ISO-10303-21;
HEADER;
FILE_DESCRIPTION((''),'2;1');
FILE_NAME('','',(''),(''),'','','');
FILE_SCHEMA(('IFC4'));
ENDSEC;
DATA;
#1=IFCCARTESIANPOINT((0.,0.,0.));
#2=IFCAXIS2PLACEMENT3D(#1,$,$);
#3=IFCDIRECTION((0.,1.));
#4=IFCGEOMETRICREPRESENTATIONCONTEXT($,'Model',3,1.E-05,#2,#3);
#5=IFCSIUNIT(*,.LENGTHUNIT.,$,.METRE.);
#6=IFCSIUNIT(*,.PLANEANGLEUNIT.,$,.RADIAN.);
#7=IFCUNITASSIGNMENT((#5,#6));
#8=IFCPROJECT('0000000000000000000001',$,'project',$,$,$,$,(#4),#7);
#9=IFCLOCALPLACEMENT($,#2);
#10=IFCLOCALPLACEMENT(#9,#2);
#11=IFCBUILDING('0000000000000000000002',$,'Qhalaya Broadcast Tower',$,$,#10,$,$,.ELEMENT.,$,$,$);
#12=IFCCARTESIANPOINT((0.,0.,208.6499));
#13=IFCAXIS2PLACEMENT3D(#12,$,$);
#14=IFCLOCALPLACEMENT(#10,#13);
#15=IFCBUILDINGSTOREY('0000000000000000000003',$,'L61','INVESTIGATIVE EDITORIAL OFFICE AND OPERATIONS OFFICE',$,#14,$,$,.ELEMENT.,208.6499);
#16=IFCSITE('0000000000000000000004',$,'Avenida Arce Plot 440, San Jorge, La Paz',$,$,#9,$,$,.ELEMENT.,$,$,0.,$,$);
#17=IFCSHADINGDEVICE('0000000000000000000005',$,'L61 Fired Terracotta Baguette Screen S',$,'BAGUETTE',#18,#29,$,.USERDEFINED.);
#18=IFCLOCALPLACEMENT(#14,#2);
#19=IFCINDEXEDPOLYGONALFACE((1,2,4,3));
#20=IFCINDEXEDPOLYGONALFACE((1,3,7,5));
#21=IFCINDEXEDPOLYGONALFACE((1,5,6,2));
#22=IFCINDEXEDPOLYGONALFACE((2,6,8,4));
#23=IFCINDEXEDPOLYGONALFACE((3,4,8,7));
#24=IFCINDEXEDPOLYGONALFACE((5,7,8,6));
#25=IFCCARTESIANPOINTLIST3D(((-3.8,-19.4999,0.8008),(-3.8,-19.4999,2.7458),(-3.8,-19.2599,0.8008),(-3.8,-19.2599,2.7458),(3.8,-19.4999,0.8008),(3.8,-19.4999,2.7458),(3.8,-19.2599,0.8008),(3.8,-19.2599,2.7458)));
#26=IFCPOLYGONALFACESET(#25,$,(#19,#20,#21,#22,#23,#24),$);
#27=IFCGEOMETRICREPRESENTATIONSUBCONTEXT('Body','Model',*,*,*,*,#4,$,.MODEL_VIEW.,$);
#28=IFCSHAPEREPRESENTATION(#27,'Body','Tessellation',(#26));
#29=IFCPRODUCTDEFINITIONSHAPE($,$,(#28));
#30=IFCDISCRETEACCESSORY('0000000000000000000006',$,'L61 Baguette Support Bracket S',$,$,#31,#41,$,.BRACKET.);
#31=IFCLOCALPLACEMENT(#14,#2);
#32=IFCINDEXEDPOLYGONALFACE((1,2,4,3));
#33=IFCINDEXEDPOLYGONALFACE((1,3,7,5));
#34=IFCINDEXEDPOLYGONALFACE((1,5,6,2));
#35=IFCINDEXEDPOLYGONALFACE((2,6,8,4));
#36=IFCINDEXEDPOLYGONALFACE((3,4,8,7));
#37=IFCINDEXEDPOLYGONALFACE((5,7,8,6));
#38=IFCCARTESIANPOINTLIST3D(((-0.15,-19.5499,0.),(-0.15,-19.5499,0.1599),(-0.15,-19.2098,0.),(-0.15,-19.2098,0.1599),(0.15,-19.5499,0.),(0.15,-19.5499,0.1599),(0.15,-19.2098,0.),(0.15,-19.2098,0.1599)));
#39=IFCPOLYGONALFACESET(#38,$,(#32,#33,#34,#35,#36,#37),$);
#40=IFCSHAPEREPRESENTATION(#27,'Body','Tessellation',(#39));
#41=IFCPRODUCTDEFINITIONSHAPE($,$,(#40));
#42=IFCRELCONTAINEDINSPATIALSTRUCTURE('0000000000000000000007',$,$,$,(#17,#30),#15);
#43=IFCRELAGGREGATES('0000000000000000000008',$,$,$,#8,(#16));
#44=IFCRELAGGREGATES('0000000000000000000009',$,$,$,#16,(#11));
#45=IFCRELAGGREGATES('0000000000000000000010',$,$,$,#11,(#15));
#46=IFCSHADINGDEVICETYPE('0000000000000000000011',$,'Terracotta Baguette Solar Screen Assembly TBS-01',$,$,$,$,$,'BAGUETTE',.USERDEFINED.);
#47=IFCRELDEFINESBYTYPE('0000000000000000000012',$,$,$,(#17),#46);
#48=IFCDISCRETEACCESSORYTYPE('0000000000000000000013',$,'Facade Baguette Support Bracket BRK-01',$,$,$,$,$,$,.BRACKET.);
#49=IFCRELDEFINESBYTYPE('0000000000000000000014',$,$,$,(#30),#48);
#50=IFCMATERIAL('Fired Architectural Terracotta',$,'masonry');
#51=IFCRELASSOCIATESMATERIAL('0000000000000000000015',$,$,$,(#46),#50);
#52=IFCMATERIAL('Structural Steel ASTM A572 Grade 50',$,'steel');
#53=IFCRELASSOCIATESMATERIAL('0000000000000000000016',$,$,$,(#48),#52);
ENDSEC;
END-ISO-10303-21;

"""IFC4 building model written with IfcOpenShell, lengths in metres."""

from ifc_helpers import new_model, si_unit, direction, frame, origin, origin_2d, place, context, subcontext, project, spatial, rectangle, extrude, material, type_object, element, save


model = new_model("IFC4")

# Units and contexts
model_context = context("Model", 3, precision=1e-05, world=origin(), true_north=direction((0.0, 1.0)))
body_context = subcontext(model_context, "Body", "Model", "MODEL_VIEW")
ifc_project = project(units=[si_unit("LENGTHUNIT", "METRE"), si_unit("PLANEANGLEUNIT", "RADIAN")], contexts=[model_context])

# Site, building, storey
site_placement = place(None, origin())
site = spatial("IfcSite", under=ifc_project, at=site_placement, Name="Avenida Arce Plot 440, San Jorge, La Paz", CompositionType="ELEMENT", RefElevation=0.0)
building_placement = place(site_placement, origin())
building = spatial("IfcBuilding", under=site, at=building_placement, Name="Qhalaya Broadcast Tower", CompositionType="ELEMENT")
storey_placement = place(building_placement, frame((0.0, 0.0, 208.6499)))
storey = spatial("IfcBuildingStorey", under=building, at=storey_placement, Name="L61", Description="INVESTIGATIVE EDITORIAL OFFICE AND OPERATIONS OFFICE", CompositionType="ELEMENT", Elevation=208.6499)

# Shared definitions
ifc_material_1 = material(Name="Structural Steel ASTM A572 Grade 50", Category="steel")

# Shading device
ifc_material_2 = material(Name="Fired Architectural Terracotta", Category="masonry")
shading_device_type = type_object("IfcShadingDeviceType", Name="Terracotta Baguette Solar Screen Assembly TBS-01", ElementType="BAGUETTE", PredefinedType="USERDEFINED", material=ifc_material_2)
shading_device_placement = place(storey_placement, frame((0.0, -19.3799, 0.8008), z_axis=(0.0, 0.0, 1.0), x_axis=(1.0, 0.0, 0.0)))
element("IfcShadingDevice", 1, at=shading_device_placement, inside=storey, type_object=shading_device_type, Name="L61 Fired Terracotta Baguette Screen S", ObjectType="BAGUETTE", PredefinedType="USERDEFINED", context=body_context, shape_type="SweptSolid", body=[
    extrude(rectangle(XDim=7.6001, YDim=0.24, at=origin_2d()), origin(), (0.0, 0.0, 1.0), 1.9451),
])

# Discrete accessory
discrete_accessory_type = type_object("IfcDiscreteAccessoryType", Name="Facade Baguette Support Bracket BRK-01", PredefinedType="BRACKET", material=ifc_material_1)
discrete_accessory_placement = place(storey_placement, frame((0.0, -19.3799, 0.0), z_axis=(0.0, 0.0, 1.0), x_axis=(1.0, 0.0, 0.0)))
element("IfcDiscreteAccessory", 2, at=discrete_accessory_placement, inside=storey, type_object=discrete_accessory_type, Name="L61 Baguette Support Bracket S", PredefinedType="BRACKET", context=body_context, shape_type="SweptSolid", body=[
    extrude(rectangle(XDim=0.3, YDim=0.3401, at=origin_2d()), origin(), (0.0, 0.0, 1.0), 0.1599),
])

save(model, "model.ifc")
